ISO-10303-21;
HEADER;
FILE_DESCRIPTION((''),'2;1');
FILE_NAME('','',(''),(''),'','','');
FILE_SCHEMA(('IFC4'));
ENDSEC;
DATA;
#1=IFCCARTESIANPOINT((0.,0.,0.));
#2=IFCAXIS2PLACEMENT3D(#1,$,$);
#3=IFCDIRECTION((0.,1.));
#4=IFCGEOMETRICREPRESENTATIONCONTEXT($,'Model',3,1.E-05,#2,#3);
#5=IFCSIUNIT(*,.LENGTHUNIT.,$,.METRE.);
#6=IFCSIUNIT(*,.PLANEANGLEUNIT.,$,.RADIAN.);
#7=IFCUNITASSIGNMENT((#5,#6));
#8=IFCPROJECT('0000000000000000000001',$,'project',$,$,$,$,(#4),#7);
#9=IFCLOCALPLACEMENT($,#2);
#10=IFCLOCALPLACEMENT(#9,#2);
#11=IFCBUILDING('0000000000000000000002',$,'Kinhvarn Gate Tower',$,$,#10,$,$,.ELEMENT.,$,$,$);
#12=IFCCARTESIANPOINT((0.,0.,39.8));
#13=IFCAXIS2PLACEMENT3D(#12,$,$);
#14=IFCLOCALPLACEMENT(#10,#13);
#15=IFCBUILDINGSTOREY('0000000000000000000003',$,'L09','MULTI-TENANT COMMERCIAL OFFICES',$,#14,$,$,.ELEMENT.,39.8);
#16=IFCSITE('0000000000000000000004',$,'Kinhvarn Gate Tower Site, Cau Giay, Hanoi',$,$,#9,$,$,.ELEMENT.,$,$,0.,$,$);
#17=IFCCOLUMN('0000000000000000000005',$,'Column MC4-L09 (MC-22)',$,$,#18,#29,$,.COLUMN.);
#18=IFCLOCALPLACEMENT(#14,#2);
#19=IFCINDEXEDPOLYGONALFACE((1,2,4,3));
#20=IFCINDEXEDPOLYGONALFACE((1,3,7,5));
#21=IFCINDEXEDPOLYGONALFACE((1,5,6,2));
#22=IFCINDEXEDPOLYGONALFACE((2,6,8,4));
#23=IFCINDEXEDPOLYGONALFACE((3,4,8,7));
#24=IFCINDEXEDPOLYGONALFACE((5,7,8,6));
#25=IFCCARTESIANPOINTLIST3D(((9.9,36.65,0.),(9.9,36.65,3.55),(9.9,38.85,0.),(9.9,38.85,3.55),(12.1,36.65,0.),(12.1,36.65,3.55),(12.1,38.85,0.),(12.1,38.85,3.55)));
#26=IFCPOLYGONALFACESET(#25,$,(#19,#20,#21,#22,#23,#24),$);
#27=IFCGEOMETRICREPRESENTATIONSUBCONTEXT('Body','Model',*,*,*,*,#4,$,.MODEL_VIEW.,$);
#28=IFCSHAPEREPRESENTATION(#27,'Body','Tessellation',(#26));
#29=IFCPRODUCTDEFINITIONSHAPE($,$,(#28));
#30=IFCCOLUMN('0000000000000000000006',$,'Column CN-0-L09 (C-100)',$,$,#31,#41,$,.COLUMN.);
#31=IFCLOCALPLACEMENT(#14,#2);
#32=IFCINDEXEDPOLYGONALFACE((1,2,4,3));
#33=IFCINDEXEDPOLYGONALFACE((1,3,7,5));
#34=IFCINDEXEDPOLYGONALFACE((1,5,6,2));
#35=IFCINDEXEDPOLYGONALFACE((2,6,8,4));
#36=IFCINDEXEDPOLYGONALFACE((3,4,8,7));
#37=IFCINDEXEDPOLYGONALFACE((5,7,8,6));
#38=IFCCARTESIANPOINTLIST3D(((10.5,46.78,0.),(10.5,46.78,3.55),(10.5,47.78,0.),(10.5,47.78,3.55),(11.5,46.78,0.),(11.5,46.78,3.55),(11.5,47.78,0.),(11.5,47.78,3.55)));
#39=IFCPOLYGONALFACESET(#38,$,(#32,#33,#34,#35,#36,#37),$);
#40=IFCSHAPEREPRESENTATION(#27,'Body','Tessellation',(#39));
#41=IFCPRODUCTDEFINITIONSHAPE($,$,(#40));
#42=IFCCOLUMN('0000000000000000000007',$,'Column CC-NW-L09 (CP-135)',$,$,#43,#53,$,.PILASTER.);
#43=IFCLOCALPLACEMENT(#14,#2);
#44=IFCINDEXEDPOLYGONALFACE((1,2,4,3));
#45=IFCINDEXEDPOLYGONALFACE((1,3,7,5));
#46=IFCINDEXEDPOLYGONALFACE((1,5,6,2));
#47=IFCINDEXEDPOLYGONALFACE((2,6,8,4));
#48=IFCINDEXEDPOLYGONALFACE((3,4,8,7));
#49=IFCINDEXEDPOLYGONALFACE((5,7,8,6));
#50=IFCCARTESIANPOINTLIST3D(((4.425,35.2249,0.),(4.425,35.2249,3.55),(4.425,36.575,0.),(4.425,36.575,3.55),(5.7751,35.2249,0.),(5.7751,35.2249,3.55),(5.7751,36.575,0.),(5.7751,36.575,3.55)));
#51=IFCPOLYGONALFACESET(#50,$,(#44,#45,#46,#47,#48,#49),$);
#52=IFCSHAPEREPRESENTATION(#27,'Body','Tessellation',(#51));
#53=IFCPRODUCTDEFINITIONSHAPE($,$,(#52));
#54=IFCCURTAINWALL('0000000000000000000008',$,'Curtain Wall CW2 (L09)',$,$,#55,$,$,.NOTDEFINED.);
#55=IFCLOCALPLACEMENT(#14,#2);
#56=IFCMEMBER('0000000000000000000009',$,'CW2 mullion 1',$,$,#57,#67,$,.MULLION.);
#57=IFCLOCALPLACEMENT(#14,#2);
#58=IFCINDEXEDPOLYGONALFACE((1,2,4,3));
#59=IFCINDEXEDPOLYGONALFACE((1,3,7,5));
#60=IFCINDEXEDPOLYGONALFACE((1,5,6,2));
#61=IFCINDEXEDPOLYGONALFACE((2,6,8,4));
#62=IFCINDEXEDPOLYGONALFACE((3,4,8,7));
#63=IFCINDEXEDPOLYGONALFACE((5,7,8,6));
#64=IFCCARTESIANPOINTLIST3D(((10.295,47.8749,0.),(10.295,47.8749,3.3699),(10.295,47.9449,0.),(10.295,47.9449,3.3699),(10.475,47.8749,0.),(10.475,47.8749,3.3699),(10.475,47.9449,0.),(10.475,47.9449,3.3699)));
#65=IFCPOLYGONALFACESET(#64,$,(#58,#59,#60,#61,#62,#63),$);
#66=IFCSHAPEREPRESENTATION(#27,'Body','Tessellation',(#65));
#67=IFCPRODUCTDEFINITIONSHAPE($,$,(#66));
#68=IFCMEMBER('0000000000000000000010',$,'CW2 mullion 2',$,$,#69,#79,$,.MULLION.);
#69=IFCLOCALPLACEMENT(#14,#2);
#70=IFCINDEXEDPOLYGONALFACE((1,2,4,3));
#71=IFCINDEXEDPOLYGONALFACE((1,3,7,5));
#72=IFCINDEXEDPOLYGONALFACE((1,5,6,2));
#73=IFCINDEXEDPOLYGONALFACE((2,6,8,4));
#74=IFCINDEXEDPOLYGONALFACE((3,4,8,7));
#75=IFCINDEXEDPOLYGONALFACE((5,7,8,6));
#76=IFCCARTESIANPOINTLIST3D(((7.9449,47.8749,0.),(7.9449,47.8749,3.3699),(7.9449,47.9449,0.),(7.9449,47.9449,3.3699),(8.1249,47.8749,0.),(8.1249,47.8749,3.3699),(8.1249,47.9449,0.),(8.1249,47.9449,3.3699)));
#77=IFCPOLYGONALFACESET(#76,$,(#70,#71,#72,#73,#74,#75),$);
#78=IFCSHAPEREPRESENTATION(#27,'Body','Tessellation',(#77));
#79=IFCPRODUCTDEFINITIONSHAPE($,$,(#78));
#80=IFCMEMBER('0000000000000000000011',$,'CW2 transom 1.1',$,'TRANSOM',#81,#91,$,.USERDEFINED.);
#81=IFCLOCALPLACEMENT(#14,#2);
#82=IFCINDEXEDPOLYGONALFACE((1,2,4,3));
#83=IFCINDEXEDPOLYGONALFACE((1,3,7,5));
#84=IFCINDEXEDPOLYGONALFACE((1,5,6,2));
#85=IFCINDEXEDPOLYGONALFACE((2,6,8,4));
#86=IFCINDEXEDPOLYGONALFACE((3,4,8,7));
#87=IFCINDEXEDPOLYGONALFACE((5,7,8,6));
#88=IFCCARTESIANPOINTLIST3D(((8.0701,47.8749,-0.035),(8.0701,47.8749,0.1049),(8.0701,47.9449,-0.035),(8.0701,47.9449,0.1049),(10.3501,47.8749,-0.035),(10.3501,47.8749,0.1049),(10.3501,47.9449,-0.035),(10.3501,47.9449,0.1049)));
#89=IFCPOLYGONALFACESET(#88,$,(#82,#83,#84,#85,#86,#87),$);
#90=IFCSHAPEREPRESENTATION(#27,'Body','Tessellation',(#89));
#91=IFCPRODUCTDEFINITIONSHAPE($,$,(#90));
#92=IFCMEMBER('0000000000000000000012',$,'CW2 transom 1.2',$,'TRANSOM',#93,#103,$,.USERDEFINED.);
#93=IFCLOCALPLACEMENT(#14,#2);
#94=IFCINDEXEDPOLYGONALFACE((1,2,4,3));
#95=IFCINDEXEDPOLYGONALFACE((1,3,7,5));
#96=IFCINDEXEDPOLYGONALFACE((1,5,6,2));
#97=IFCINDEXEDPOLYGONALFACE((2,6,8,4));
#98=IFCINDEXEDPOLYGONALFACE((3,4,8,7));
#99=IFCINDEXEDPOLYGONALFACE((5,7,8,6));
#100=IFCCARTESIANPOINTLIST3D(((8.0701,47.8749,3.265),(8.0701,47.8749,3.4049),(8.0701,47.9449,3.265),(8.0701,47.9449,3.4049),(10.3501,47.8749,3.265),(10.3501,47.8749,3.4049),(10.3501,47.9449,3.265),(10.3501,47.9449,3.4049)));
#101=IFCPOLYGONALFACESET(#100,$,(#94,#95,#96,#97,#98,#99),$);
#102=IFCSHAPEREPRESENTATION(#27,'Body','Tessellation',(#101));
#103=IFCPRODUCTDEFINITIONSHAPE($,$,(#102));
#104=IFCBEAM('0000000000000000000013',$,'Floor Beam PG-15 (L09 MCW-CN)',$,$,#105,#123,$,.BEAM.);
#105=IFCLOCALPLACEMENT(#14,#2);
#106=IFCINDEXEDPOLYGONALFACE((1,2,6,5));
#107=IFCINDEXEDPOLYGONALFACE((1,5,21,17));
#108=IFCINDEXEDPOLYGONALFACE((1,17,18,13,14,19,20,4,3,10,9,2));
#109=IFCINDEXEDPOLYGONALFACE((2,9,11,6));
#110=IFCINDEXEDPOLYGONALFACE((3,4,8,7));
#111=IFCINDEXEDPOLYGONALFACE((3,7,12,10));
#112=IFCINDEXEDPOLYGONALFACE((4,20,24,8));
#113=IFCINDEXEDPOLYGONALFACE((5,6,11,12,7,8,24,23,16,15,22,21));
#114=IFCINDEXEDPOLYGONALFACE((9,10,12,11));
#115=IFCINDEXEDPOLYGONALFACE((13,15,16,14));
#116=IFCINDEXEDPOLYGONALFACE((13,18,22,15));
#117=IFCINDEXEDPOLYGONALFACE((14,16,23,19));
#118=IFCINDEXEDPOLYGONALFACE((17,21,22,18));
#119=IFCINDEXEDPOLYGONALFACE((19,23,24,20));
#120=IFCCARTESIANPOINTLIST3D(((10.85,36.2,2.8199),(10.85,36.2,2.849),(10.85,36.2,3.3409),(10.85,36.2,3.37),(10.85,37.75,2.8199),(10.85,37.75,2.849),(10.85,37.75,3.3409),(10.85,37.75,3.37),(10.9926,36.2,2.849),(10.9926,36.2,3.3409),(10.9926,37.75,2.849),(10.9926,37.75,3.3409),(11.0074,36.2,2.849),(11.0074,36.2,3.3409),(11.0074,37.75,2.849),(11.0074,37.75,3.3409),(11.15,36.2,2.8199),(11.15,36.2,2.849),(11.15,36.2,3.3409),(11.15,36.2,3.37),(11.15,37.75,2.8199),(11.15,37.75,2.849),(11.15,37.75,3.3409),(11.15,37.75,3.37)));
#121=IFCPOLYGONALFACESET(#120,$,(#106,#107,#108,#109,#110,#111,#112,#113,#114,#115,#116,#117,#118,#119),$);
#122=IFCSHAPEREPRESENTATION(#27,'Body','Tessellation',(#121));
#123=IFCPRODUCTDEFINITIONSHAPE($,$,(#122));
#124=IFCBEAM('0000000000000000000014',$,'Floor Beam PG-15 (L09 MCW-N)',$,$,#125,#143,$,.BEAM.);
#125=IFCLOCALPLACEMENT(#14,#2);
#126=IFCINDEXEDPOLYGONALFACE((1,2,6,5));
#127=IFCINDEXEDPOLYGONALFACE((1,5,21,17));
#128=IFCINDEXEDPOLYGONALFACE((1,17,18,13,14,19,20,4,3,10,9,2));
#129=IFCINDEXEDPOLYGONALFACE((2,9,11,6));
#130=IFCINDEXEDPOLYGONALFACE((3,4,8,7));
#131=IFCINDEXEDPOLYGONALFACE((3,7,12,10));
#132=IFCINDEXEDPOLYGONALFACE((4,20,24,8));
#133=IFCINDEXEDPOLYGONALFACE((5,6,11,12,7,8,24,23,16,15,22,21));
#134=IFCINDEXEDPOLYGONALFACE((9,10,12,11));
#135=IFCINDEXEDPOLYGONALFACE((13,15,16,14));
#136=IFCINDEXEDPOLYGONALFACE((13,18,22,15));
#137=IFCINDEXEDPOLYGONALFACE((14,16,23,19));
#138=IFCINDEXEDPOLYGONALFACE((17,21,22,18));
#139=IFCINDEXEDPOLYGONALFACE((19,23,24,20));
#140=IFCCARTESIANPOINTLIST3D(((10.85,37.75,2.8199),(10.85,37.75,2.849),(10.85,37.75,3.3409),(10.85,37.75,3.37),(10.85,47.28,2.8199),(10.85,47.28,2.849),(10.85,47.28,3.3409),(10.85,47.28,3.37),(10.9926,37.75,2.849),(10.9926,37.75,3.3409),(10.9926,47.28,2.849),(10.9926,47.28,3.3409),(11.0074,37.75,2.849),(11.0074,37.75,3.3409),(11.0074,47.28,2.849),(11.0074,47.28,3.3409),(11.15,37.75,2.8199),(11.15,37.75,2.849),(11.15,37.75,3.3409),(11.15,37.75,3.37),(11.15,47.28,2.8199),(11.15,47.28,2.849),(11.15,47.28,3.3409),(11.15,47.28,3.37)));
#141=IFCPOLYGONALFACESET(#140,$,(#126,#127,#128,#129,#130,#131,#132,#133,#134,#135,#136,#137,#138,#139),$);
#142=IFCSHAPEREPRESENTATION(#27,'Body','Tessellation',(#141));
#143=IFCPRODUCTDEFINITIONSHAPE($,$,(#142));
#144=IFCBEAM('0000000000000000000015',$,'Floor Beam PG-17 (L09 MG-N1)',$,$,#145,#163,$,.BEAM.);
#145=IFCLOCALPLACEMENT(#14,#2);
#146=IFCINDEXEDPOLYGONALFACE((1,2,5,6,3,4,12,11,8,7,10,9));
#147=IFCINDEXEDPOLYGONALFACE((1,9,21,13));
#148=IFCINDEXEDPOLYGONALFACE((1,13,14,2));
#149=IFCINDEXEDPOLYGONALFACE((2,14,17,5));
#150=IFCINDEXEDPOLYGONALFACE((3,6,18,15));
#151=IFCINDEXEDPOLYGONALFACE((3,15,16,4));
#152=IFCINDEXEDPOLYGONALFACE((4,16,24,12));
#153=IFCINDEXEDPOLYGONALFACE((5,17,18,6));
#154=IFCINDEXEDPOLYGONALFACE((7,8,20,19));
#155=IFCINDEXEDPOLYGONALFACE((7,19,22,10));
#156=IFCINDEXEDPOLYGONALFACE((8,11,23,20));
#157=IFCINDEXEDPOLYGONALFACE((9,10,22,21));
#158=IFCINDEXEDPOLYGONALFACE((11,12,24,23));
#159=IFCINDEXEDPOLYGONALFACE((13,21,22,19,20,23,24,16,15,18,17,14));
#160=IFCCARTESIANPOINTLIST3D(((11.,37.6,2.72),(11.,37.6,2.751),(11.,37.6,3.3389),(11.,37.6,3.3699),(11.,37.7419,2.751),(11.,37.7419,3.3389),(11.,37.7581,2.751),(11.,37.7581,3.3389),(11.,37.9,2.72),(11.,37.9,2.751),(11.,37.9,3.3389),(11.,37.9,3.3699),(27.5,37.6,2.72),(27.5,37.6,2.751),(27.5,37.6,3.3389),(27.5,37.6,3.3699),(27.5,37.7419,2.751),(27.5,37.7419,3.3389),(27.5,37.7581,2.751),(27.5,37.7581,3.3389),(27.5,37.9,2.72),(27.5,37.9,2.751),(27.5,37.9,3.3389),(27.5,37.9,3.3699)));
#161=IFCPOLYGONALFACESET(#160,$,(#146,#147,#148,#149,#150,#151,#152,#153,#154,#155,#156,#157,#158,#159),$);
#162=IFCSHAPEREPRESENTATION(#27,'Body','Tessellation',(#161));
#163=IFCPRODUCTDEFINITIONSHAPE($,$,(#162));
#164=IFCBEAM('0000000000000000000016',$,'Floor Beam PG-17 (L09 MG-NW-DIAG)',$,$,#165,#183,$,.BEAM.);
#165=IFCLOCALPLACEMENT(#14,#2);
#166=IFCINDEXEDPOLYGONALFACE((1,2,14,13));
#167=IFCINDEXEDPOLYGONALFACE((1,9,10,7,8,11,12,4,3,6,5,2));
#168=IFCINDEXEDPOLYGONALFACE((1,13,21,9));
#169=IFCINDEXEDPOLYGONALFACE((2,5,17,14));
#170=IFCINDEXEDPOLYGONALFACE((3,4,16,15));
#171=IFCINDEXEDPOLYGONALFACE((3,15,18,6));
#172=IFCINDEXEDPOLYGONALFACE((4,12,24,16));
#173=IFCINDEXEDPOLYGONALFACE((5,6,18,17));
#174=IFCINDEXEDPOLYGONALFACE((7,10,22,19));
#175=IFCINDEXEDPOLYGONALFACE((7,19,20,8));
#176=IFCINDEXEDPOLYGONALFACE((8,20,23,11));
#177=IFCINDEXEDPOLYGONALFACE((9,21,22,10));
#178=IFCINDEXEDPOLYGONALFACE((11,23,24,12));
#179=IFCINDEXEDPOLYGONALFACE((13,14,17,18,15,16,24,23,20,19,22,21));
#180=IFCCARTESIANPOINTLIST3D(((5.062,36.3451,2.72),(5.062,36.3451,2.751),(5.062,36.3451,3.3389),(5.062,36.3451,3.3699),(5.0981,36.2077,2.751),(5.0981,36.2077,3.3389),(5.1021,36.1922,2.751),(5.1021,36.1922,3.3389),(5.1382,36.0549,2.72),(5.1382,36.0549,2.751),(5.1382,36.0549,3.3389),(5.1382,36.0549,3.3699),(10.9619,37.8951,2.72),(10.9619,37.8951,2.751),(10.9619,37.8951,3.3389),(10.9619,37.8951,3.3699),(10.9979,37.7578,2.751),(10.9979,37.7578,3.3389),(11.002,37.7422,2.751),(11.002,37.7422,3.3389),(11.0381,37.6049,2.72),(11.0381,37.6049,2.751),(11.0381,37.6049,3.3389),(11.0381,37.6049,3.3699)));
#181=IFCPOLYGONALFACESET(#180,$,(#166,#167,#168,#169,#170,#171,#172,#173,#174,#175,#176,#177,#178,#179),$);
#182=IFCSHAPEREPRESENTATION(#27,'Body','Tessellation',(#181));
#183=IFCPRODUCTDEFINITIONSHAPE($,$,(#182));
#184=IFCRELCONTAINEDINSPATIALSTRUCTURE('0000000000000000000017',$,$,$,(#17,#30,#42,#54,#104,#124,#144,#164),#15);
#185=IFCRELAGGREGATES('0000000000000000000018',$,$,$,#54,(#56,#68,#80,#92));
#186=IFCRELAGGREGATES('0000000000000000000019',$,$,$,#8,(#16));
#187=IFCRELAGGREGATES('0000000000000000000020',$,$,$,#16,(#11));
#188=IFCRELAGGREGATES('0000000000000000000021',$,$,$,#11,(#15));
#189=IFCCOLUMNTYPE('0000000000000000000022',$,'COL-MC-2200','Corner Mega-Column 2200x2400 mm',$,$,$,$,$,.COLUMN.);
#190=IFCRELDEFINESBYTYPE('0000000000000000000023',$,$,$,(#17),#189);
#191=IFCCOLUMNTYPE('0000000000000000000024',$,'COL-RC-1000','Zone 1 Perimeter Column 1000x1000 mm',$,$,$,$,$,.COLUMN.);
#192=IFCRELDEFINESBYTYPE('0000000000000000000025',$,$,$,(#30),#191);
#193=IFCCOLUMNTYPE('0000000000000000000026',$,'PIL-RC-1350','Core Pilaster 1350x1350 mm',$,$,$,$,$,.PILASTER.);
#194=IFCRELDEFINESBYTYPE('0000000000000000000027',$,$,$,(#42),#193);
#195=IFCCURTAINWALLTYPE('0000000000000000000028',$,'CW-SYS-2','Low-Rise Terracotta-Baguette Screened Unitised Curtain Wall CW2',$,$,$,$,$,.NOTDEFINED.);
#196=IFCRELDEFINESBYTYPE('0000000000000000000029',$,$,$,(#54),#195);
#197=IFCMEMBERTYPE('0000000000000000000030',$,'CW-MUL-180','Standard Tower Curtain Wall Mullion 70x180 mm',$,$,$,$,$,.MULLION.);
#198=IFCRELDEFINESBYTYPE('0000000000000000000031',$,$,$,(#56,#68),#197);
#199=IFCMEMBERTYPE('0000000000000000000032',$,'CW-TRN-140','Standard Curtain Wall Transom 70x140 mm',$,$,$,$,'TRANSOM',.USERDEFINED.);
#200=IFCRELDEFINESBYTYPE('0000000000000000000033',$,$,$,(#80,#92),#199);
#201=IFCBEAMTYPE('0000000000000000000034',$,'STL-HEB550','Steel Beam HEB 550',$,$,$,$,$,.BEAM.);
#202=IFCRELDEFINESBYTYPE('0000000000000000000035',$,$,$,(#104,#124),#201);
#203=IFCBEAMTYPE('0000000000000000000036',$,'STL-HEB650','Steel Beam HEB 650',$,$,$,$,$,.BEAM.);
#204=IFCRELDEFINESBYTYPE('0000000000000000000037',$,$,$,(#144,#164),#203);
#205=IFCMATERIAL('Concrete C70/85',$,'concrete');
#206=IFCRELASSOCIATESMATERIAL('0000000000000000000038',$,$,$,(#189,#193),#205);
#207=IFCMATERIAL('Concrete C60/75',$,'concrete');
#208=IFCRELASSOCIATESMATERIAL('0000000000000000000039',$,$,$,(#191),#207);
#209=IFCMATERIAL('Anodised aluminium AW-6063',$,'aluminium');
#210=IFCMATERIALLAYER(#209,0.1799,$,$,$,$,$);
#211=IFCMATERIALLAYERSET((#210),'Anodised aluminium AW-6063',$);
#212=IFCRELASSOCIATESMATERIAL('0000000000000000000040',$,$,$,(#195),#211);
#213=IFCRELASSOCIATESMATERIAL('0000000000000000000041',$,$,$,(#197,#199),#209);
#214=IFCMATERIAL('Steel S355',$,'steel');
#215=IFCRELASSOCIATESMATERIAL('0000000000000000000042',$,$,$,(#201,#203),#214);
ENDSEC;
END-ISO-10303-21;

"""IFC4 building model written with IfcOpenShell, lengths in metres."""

from ifc_helpers import new_model, si_unit, direction, frame, origin, origin_2d, place, context, subcontext, project, spatial, rectangle, i_section, extrude, material, layer, layer_set, material_profile, profile_set, type_object, element, aggregate, save


model = new_model("IFC4")

# Units and contexts
model_context = context("Model", 3, precision=1e-05, world=origin(), true_north=direction((0.0, 1.0)))
body_context = subcontext(model_context, "Body", "Model", "MODEL_VIEW")
ifc_project = project(units=[si_unit("LENGTHUNIT", "METRE"), si_unit("PLANEANGLEUNIT", "RADIAN")], contexts=[model_context])

# Site, building, storey
site_placement = place(None, origin())
site = spatial("IfcSite", under=ifc_project, at=site_placement, Name="Kinhvarn Gate Tower Site, Cau Giay, Hanoi", CompositionType="ELEMENT", RefElevation=0.0)
building_placement = place(site_placement, origin())
building = spatial("IfcBuilding", under=site, at=building_placement, Name="Kinhvarn Gate Tower", CompositionType="ELEMENT")
storey_placement = place(building_placement, frame((0.0, 0.0, 39.8)))
storey = spatial("IfcBuildingStorey", under=building, at=storey_placement, Name="L09", Description="MULTI-TENANT COMMERCIAL OFFICES", CompositionType="ELEMENT", Elevation=39.8)

# Columns
ifc_material_1 = material(Name="Concrete C70/85", Category="concrete")
ifc_material_profile_1 = material_profile(ifc_material_1, rectangle(XDim=2.2, YDim=2.2, at=origin_2d()), Name="RC 2200x2200")
ifc_profile_set_1 = profile_set([ifc_material_profile_1], Name="Concrete C70/85")
column_type_1 = type_object("IfcColumnType", Name="COL-MC-2200", Description="Corner Mega-Column 2200x2400 mm", PredefinedType="COLUMN", material=ifc_profile_set_1)
column_1_placement = place(storey_placement, frame((11.0, 37.75, 0.0), z_axis=(0.0, 0.0, 1.0), x_axis=(1.0, 0.0, 0.0)))
element("IfcColumn", 1, at=column_1_placement, inside=storey, type_object=column_type_1, Name="Column MC4-L09 (MC-22)", PredefinedType="COLUMN", context=body_context, shape_type="SweptSolid", body=[
    extrude(rectangle(XDim=2.2, YDim=2.2, at=origin_2d()), origin(), (0.0, 0.0, 1.0), 3.55),
])
ifc_material_2 = material(Name="Concrete C60/75", Category="concrete")
ifc_material_profile_2 = material_profile(ifc_material_2, rectangle(XDim=1.0, YDim=1.0, at=origin_2d()), Name="RC 1000x1000")
ifc_profile_set_2 = profile_set([ifc_material_profile_2], Name="Concrete C60/75")
column_type_2 = type_object("IfcColumnType", Name="COL-RC-1000", Description="Zone 1 Perimeter Column 1000x1000 mm", PredefinedType="COLUMN", material=ifc_profile_set_2)
column_2_placement = place(storey_placement, frame((11.0, 47.28, 0.0), z_axis=(0.0, 0.0, 1.0), x_axis=(1.0, 0.0, 0.0)))
element("IfcColumn", 2, at=column_2_placement, inside=storey, type_object=column_type_2, Name="Column CN-0-L09 (C-100)", PredefinedType="COLUMN", context=body_context, shape_type="SweptSolid", body=[
    extrude(rectangle(XDim=1.0, YDim=1.0, at=origin_2d()), origin(), (0.0, 0.0, 1.0), 3.55),
])
ifc_material_profile_3 = material_profile(ifc_material_1, rectangle(XDim=1.3501, YDim=1.3501, at=origin_2d()), Name="RC 1350x1350")
ifc_profile_set_3 = profile_set([ifc_material_profile_3], Name="Concrete C70/85")
column_type_3 = type_object("IfcColumnType", Name="PIL-RC-1350", Description="Core Pilaster 1350x1350 mm", PredefinedType="PILASTER", material=ifc_profile_set_3)
column_3_placement = place(storey_placement, frame((5.1001, 35.8999, 0.0), z_axis=(0.0, 0.0, 1.0), x_axis=(1.0, 0.0, 0.0)))
element("IfcColumn", 3, at=column_3_placement, inside=storey, type_object=column_type_3, Name="Column CC-NW-L09 (CP-135)", PredefinedType="PILASTER", context=body_context, shape_type="SweptSolid", body=[
    extrude(rectangle(XDim=1.3501, YDim=1.3501, at=origin_2d()), origin(), (0.0, 0.0, 1.0), 3.55),
])

# Curtain wall, members
ifc_material_3 = material(Name="Anodised aluminium AW-6063", Category="aluminium")
ifc_layer_1 = layer(ifc_material_3, 0.1799)
ifc_layer_set_1 = layer_set([ifc_layer_1], Name="Anodised aluminium AW-6063")
curtain_wall_type = type_object("IfcCurtainWallType", Name="CW-SYS-2", Description="Low-Rise Terracotta-Baguette Screened Unitised Curtain Wall CW2", PredefinedType="NOTDEFINED", material=ifc_layer_set_1)
curtain_wall_placement = place(storey_placement, origin())
curtain_wall = element("IfcCurtainWall", 4, at=curtain_wall_placement, inside=storey, type_object=curtain_wall_type, Name="Curtain Wall CW2 (L09)", PredefinedType="NOTDEFINED")
ifc_material_profile_4 = material_profile(ifc_material_3, rectangle(XDim=0.0701, YDim=0.1799, at=origin_2d()), Name="ALU 70x180")
ifc_profile_set_4 = profile_set([ifc_material_profile_4], Name="Anodised aluminium AW-6063")
member_type_1 = type_object("IfcMemberType", Name="CW-MUL-180", Description="Standard Tower Curtain Wall Mullion 70x180 mm", PredefinedType="MULLION", material=ifc_profile_set_4)
member_1_placement = place(storey_placement, frame((10.385, 47.9099, 0.0), z_axis=(0.0, 0.0, 1.0), x_axis=(0.0, -1.0, 0.0)))
member_1 = element("IfcMember", 5, at=member_1_placement, type_object=member_type_1, Name="CW2 mullion 1", PredefinedType="MULLION", context=body_context, shape_type="SweptSolid", body=[
    extrude(rectangle(XDim=0.0701, YDim=0.1799, at=origin_2d()), origin(), (0.0, 0.0, 1.0), 3.3699),
])
member_2_placement = place(storey_placement, frame((8.0349, 47.9099, 0.0), z_axis=(0.0, 0.0, 1.0), x_axis=(0.0, -1.0, 0.0)))
member_2 = element("IfcMember", 6, at=member_2_placement, type_object=member_type_1, Name="CW2 mullion 2", PredefinedType="MULLION", context=body_context, shape_type="SweptSolid", body=[
    extrude(rectangle(XDim=0.0701, YDim=0.1799, at=origin_2d()), origin(), (0.0, 0.0, 1.0), 3.3699),
])
ifc_material_profile_5 = material_profile(ifc_material_3, rectangle(XDim=0.0701, YDim=0.1399, at=origin_2d()), Name="ALU 70x140")
ifc_profile_set_5 = profile_set([ifc_material_profile_5], Name="Anodised aluminium AW-6063")
member_type_2 = type_object("IfcMemberType", Name="CW-TRN-140", Description="Standard Curtain Wall Transom 70x140 mm", ElementType="TRANSOM", PredefinedType="USERDEFINED", material=ifc_profile_set_5)
member_3_placement = place(storey_placement, frame((10.3501, 47.9099, 0.0349), z_axis=(-1.0, 0.0, 0.0), x_axis=(0.0, -1.0, 0.0)))
member_3 = element("IfcMember", 7, at=member_3_placement, type_object=member_type_2, Name="CW2 transom 1.1", ObjectType="TRANSOM", PredefinedType="USERDEFINED", context=body_context, shape_type="SweptSolid", body=[
    extrude(rectangle(XDim=0.0701, YDim=0.1399, at=origin_2d()), origin(), (0.0, 0.0, 1.0), 2.28),
])
member_4_placement = place(storey_placement, frame((10.3501, 47.9099, 3.335), z_axis=(-1.0, 0.0, 0.0), x_axis=(0.0, -1.0, 0.0)))
member_4 = element("IfcMember", 8, at=member_4_placement, type_object=member_type_2, Name="CW2 transom 1.2", ObjectType="TRANSOM", PredefinedType="USERDEFINED", context=body_context, shape_type="SweptSolid", body=[
    extrude(rectangle(XDim=0.0701, YDim=0.1399, at=origin_2d()), origin(), (0.0, 0.0, 1.0), 2.28),
])

# Beams
ifc_material_4 = material(Name="Steel S355", Category="steel")
ifc_material_profile_6 = material_profile(ifc_material_4, i_section(OverallWidth=0.3, OverallDepth=0.55, WebThickness=0.0149, FlangeThickness=0.0291, at=origin_2d()), Name="HEB 550")
ifc_profile_set_6 = profile_set([ifc_material_profile_6], Name="Steel S355")
beam_type_1 = type_object("IfcBeamType", Name="STL-HEB550", Description="Steel Beam HEB 550", PredefinedType="BEAM", material=ifc_profile_set_6)
beam_1_placement = place(storey_placement, frame((11.0, 36.2, 3.095), z_axis=(0.0, 1.0, 0.0), x_axis=(-1.0, 0.0, 0.0)))
element("IfcBeam", 9, at=beam_1_placement, inside=storey, type_object=beam_type_1, Name="Floor Beam PG-15 (L09 MCW-CN)", PredefinedType="BEAM", context=body_context, shape_type="SweptSolid", body=[
    extrude(i_section(OverallWidth=0.3, OverallDepth=0.55, WebThickness=0.0149, FlangeThickness=0.0291, at=origin_2d()), origin(), (0.0, 0.0, 1.0), 1.55),
])
beam_2_placement = place(storey_placement, frame((11.0, 37.75, 3.095), z_axis=(0.0, 1.0, 0.0), x_axis=(-1.0, 0.0, 0.0)))
element("IfcBeam", 10, at=beam_2_placement, inside=storey, type_object=beam_type_1, Name="Floor Beam PG-15 (L09 MCW-N)", PredefinedType="BEAM", context=body_context, shape_type="SweptSolid", body=[
    extrude(i_section(OverallWidth=0.3, OverallDepth=0.55, WebThickness=0.0149, FlangeThickness=0.0291, at=origin_2d()), origin(), (0.0, 0.0, 1.0), 9.53),
])
ifc_material_profile_7 = material_profile(ifc_material_4, i_section(OverallWidth=0.3, OverallDepth=0.6499, WebThickness=0.0161, FlangeThickness=0.031, at=origin_2d()), Name="HEB 650")
ifc_profile_set_7 = profile_set([ifc_material_profile_7], Name="Steel S355")
beam_type_2 = type_object("IfcBeamType", Name="STL-HEB650", Description="Steel Beam HEB 650", PredefinedType="BEAM", material=ifc_profile_set_7)
beam_3_placement = place(storey_placement, frame((11.0, 37.75, 3.0449), z_axis=(1.0, 0.0, 0.0), x_axis=(0.0, 1.0, 0.0)))
element("IfcBeam", 11, at=beam_3_placement, inside=storey, type_object=beam_type_2, Name="Floor Beam PG-17 (L09 MG-N1)", PredefinedType="BEAM", context=body_context, shape_type="SweptSolid", body=[
    extrude(i_section(OverallWidth=0.3, OverallDepth=0.6499, WebThickness=0.0161, FlangeThickness=0.031, at=origin_2d()), origin(), (0.0, 0.0, 1.0), 16.5),
])
beam_4_placement = place(storey_placement, frame((5.1001, 36.2, 3.0449), z_axis=(0.967178, 0.254101, 0.0), x_axis=(-0.254101, 0.967178, 0.0)))
element("IfcBeam", 12, at=beam_4_placement, inside=storey, type_object=beam_type_2, Name="Floor Beam PG-17 (L09 MG-NW-DIAG)", PredefinedType="BEAM", context=body_context, shape_type="SweptSolid", body=[
    extrude(i_section(OverallWidth=0.3, OverallDepth=0.6499, WebThickness=0.0161, FlangeThickness=0.031, at=origin_2d()), origin(), (0.0, 0.0, 1.0), 6.1001),
])

aggregate(curtain_wall, [member_1, member_2, member_3, member_4])

save(model, "model.ifc")
